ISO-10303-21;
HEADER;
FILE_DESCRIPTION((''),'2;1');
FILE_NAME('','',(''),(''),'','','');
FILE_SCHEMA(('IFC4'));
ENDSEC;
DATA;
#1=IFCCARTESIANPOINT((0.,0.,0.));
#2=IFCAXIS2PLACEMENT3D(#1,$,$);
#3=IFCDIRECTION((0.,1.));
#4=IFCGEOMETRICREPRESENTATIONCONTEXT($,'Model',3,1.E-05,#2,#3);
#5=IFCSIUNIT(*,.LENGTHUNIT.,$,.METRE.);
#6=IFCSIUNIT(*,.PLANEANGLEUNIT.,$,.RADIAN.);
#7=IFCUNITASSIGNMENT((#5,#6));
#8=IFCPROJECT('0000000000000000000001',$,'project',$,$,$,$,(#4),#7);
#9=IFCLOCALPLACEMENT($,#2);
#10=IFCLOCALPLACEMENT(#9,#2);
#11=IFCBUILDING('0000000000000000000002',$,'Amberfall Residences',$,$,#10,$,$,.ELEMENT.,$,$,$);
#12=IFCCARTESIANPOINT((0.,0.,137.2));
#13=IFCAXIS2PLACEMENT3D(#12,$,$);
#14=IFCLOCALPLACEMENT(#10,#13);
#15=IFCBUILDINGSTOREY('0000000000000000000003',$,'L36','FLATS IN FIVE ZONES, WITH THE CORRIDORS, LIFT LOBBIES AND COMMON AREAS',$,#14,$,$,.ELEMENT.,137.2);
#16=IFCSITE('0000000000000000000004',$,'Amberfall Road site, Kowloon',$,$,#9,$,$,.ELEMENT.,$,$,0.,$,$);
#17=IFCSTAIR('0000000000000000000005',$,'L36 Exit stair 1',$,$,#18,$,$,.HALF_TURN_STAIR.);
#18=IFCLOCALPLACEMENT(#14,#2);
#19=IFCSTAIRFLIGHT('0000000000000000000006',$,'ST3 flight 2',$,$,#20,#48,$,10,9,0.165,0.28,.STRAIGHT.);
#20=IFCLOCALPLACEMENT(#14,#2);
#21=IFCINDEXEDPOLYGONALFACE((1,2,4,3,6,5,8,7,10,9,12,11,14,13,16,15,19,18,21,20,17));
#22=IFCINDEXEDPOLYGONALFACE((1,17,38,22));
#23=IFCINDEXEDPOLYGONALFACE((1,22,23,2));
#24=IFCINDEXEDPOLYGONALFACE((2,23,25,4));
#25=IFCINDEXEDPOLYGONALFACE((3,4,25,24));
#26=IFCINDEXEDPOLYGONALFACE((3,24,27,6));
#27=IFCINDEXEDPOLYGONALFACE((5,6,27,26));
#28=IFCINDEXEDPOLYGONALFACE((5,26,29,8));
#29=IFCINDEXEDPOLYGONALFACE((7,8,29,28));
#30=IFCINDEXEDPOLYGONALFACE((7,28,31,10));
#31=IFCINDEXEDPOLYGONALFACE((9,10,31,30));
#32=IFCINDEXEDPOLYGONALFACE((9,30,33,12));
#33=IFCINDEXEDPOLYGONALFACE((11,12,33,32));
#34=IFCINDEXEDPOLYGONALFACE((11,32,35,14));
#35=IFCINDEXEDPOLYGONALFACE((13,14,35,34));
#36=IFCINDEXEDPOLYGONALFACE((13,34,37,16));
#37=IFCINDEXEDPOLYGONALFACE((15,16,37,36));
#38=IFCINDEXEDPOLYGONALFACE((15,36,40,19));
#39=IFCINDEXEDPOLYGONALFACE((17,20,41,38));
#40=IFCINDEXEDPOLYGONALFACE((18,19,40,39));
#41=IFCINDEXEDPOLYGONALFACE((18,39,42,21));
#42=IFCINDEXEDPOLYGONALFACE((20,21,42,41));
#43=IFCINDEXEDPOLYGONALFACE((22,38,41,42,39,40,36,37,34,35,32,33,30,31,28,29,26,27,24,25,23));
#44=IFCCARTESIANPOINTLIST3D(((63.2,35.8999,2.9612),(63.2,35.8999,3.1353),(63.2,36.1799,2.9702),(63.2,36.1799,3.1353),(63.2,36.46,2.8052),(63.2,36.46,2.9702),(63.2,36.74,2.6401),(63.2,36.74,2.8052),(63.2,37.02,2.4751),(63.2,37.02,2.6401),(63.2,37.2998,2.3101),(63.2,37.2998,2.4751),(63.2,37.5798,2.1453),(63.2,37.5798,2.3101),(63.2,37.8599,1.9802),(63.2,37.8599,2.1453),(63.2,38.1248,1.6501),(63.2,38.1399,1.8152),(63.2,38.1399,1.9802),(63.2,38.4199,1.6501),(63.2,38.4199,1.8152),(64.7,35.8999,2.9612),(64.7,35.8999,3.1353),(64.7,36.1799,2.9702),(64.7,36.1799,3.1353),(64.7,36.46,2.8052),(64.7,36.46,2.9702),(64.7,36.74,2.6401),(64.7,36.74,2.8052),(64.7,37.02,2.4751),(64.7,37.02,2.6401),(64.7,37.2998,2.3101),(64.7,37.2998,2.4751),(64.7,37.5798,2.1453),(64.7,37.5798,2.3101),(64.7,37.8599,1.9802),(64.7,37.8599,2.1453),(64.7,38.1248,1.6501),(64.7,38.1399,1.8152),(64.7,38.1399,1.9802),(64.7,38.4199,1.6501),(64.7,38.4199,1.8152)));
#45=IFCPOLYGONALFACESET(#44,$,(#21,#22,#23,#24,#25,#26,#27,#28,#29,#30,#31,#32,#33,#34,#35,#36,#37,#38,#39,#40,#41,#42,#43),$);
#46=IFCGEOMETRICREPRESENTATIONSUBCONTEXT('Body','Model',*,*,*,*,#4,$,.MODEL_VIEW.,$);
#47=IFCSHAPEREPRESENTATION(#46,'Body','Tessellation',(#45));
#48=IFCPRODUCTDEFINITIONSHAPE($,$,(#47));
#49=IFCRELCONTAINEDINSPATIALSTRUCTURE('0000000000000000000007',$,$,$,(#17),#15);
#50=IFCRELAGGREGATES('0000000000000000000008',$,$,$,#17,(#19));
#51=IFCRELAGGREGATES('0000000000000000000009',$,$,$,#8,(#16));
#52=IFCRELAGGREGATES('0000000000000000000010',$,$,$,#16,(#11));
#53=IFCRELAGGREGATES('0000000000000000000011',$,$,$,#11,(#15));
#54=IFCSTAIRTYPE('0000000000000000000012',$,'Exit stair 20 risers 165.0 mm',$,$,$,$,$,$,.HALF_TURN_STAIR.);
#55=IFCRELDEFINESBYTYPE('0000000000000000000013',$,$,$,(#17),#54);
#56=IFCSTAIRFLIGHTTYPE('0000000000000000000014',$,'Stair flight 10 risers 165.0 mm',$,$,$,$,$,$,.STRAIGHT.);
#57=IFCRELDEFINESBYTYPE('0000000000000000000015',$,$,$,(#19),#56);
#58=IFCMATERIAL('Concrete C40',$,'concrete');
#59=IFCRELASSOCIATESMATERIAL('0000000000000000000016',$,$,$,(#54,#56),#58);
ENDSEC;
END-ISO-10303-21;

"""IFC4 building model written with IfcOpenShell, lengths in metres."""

from ifc_helpers import new_model, si_unit, direction, frame, origin, place, context, subcontext, project, spatial, polyline, outline, extrude, material, type_object, element, aggregate, save


model = new_model("IFC4")

# Units and contexts
model_context = context("Model", 3, precision=1e-05, world=origin(), true_north=direction((0.0, 1.0)))
body_context = subcontext(model_context, "Body", "Model", "MODEL_VIEW")
ifc_project = project(units=[si_unit("LENGTHUNIT", "METRE"), si_unit("PLANEANGLEUNIT", "RADIAN")], contexts=[model_context])

# Site, building, storey
site_placement = place(None, origin())
site = spatial("IfcSite", under=ifc_project, at=site_placement, Name="Amberfall Road site, Kowloon", CompositionType="ELEMENT", RefElevation=0.0)
building_placement = place(site_placement, origin())
building = spatial("IfcBuilding", under=site, at=building_placement, Name="Amberfall Residences", CompositionType="ELEMENT")
storey_placement = place(building_placement, frame((0.0, 0.0, 137.2)))
storey = spatial("IfcBuildingStorey", under=building, at=storey_placement, Name="L36", Description="FLATS IN FIVE ZONES, WITH THE CORRIDORS, LIFT LOBBIES AND COMMON AREAS", CompositionType="ELEMENT", Elevation=137.2)

# Stair, stair flight
ifc_material_1 = material(Name="Concrete C40", Category="concrete")
stair_type = type_object("IfcStairType", Name="Exit stair 20 risers 165.0 mm", PredefinedType="HALF_TURN_STAIR", material=ifc_material_1)
stair_placement = place(storey_placement, origin())
stair = element("IfcStair", 1, at=stair_placement, inside=storey, type_object=stair_type, Name="L36 Exit stair 1", PredefinedType="HALF_TURN_STAIR")
stair_flight_type = type_object("IfcStairFlightType", Name="Stair flight 10 risers 165.0 mm", PredefinedType="STRAIGHT", material=ifc_material_1)
stair_flight_1_placement = place(storey_placement, frame((63.95, 38.4199, 1.6501), z_axis=(0.0, 0.0, 1.0), x_axis=(0.0, -1.0, 0.0)))
stair_flight_1 = element("IfcStairFlight", 2, at=stair_flight_1_placement, type_object=stair_flight_type, Name="ST3 flight 2", NumberOfRisers=10, NumberOfTreads=9, PredefinedType="STRAIGHT", RiserHeight=0.165, TreadLength=0.28, context=body_context, shape_type="SweptSolid", body=[
    extrude(outline(polyline([(0.0, 0.0), (0.0, 0.165), (0.28, 0.165), (0.28, 0.3301), (0.5601, 0.3301), (0.5601, 0.4951), (0.8401, 0.4951), (0.8401, 0.6599), (1.1201, 0.6599), (1.1201, 0.825), (1.3999, 0.825), (1.3999, 0.99), (1.6799, 0.99), (1.6799, 1.155), (1.96, 1.155), (1.96, 1.3201), (2.24, 1.3201), (2.24, 1.4851), (2.52, 1.4851), (2.52, 1.6499), (2.52, 1.311), (0.2952, 0.0), (0.0, 0.0)])), frame((0.0, 0.75, 0.0), z_axis=(0.0, -1.0, 0.0), x_axis=(1.0, 0.0, 0.0)), (0.0, 0.0, 1.0), 1.5),
])
aggregate(stair, [stair_flight_1])

save(model, "model.ifc")
